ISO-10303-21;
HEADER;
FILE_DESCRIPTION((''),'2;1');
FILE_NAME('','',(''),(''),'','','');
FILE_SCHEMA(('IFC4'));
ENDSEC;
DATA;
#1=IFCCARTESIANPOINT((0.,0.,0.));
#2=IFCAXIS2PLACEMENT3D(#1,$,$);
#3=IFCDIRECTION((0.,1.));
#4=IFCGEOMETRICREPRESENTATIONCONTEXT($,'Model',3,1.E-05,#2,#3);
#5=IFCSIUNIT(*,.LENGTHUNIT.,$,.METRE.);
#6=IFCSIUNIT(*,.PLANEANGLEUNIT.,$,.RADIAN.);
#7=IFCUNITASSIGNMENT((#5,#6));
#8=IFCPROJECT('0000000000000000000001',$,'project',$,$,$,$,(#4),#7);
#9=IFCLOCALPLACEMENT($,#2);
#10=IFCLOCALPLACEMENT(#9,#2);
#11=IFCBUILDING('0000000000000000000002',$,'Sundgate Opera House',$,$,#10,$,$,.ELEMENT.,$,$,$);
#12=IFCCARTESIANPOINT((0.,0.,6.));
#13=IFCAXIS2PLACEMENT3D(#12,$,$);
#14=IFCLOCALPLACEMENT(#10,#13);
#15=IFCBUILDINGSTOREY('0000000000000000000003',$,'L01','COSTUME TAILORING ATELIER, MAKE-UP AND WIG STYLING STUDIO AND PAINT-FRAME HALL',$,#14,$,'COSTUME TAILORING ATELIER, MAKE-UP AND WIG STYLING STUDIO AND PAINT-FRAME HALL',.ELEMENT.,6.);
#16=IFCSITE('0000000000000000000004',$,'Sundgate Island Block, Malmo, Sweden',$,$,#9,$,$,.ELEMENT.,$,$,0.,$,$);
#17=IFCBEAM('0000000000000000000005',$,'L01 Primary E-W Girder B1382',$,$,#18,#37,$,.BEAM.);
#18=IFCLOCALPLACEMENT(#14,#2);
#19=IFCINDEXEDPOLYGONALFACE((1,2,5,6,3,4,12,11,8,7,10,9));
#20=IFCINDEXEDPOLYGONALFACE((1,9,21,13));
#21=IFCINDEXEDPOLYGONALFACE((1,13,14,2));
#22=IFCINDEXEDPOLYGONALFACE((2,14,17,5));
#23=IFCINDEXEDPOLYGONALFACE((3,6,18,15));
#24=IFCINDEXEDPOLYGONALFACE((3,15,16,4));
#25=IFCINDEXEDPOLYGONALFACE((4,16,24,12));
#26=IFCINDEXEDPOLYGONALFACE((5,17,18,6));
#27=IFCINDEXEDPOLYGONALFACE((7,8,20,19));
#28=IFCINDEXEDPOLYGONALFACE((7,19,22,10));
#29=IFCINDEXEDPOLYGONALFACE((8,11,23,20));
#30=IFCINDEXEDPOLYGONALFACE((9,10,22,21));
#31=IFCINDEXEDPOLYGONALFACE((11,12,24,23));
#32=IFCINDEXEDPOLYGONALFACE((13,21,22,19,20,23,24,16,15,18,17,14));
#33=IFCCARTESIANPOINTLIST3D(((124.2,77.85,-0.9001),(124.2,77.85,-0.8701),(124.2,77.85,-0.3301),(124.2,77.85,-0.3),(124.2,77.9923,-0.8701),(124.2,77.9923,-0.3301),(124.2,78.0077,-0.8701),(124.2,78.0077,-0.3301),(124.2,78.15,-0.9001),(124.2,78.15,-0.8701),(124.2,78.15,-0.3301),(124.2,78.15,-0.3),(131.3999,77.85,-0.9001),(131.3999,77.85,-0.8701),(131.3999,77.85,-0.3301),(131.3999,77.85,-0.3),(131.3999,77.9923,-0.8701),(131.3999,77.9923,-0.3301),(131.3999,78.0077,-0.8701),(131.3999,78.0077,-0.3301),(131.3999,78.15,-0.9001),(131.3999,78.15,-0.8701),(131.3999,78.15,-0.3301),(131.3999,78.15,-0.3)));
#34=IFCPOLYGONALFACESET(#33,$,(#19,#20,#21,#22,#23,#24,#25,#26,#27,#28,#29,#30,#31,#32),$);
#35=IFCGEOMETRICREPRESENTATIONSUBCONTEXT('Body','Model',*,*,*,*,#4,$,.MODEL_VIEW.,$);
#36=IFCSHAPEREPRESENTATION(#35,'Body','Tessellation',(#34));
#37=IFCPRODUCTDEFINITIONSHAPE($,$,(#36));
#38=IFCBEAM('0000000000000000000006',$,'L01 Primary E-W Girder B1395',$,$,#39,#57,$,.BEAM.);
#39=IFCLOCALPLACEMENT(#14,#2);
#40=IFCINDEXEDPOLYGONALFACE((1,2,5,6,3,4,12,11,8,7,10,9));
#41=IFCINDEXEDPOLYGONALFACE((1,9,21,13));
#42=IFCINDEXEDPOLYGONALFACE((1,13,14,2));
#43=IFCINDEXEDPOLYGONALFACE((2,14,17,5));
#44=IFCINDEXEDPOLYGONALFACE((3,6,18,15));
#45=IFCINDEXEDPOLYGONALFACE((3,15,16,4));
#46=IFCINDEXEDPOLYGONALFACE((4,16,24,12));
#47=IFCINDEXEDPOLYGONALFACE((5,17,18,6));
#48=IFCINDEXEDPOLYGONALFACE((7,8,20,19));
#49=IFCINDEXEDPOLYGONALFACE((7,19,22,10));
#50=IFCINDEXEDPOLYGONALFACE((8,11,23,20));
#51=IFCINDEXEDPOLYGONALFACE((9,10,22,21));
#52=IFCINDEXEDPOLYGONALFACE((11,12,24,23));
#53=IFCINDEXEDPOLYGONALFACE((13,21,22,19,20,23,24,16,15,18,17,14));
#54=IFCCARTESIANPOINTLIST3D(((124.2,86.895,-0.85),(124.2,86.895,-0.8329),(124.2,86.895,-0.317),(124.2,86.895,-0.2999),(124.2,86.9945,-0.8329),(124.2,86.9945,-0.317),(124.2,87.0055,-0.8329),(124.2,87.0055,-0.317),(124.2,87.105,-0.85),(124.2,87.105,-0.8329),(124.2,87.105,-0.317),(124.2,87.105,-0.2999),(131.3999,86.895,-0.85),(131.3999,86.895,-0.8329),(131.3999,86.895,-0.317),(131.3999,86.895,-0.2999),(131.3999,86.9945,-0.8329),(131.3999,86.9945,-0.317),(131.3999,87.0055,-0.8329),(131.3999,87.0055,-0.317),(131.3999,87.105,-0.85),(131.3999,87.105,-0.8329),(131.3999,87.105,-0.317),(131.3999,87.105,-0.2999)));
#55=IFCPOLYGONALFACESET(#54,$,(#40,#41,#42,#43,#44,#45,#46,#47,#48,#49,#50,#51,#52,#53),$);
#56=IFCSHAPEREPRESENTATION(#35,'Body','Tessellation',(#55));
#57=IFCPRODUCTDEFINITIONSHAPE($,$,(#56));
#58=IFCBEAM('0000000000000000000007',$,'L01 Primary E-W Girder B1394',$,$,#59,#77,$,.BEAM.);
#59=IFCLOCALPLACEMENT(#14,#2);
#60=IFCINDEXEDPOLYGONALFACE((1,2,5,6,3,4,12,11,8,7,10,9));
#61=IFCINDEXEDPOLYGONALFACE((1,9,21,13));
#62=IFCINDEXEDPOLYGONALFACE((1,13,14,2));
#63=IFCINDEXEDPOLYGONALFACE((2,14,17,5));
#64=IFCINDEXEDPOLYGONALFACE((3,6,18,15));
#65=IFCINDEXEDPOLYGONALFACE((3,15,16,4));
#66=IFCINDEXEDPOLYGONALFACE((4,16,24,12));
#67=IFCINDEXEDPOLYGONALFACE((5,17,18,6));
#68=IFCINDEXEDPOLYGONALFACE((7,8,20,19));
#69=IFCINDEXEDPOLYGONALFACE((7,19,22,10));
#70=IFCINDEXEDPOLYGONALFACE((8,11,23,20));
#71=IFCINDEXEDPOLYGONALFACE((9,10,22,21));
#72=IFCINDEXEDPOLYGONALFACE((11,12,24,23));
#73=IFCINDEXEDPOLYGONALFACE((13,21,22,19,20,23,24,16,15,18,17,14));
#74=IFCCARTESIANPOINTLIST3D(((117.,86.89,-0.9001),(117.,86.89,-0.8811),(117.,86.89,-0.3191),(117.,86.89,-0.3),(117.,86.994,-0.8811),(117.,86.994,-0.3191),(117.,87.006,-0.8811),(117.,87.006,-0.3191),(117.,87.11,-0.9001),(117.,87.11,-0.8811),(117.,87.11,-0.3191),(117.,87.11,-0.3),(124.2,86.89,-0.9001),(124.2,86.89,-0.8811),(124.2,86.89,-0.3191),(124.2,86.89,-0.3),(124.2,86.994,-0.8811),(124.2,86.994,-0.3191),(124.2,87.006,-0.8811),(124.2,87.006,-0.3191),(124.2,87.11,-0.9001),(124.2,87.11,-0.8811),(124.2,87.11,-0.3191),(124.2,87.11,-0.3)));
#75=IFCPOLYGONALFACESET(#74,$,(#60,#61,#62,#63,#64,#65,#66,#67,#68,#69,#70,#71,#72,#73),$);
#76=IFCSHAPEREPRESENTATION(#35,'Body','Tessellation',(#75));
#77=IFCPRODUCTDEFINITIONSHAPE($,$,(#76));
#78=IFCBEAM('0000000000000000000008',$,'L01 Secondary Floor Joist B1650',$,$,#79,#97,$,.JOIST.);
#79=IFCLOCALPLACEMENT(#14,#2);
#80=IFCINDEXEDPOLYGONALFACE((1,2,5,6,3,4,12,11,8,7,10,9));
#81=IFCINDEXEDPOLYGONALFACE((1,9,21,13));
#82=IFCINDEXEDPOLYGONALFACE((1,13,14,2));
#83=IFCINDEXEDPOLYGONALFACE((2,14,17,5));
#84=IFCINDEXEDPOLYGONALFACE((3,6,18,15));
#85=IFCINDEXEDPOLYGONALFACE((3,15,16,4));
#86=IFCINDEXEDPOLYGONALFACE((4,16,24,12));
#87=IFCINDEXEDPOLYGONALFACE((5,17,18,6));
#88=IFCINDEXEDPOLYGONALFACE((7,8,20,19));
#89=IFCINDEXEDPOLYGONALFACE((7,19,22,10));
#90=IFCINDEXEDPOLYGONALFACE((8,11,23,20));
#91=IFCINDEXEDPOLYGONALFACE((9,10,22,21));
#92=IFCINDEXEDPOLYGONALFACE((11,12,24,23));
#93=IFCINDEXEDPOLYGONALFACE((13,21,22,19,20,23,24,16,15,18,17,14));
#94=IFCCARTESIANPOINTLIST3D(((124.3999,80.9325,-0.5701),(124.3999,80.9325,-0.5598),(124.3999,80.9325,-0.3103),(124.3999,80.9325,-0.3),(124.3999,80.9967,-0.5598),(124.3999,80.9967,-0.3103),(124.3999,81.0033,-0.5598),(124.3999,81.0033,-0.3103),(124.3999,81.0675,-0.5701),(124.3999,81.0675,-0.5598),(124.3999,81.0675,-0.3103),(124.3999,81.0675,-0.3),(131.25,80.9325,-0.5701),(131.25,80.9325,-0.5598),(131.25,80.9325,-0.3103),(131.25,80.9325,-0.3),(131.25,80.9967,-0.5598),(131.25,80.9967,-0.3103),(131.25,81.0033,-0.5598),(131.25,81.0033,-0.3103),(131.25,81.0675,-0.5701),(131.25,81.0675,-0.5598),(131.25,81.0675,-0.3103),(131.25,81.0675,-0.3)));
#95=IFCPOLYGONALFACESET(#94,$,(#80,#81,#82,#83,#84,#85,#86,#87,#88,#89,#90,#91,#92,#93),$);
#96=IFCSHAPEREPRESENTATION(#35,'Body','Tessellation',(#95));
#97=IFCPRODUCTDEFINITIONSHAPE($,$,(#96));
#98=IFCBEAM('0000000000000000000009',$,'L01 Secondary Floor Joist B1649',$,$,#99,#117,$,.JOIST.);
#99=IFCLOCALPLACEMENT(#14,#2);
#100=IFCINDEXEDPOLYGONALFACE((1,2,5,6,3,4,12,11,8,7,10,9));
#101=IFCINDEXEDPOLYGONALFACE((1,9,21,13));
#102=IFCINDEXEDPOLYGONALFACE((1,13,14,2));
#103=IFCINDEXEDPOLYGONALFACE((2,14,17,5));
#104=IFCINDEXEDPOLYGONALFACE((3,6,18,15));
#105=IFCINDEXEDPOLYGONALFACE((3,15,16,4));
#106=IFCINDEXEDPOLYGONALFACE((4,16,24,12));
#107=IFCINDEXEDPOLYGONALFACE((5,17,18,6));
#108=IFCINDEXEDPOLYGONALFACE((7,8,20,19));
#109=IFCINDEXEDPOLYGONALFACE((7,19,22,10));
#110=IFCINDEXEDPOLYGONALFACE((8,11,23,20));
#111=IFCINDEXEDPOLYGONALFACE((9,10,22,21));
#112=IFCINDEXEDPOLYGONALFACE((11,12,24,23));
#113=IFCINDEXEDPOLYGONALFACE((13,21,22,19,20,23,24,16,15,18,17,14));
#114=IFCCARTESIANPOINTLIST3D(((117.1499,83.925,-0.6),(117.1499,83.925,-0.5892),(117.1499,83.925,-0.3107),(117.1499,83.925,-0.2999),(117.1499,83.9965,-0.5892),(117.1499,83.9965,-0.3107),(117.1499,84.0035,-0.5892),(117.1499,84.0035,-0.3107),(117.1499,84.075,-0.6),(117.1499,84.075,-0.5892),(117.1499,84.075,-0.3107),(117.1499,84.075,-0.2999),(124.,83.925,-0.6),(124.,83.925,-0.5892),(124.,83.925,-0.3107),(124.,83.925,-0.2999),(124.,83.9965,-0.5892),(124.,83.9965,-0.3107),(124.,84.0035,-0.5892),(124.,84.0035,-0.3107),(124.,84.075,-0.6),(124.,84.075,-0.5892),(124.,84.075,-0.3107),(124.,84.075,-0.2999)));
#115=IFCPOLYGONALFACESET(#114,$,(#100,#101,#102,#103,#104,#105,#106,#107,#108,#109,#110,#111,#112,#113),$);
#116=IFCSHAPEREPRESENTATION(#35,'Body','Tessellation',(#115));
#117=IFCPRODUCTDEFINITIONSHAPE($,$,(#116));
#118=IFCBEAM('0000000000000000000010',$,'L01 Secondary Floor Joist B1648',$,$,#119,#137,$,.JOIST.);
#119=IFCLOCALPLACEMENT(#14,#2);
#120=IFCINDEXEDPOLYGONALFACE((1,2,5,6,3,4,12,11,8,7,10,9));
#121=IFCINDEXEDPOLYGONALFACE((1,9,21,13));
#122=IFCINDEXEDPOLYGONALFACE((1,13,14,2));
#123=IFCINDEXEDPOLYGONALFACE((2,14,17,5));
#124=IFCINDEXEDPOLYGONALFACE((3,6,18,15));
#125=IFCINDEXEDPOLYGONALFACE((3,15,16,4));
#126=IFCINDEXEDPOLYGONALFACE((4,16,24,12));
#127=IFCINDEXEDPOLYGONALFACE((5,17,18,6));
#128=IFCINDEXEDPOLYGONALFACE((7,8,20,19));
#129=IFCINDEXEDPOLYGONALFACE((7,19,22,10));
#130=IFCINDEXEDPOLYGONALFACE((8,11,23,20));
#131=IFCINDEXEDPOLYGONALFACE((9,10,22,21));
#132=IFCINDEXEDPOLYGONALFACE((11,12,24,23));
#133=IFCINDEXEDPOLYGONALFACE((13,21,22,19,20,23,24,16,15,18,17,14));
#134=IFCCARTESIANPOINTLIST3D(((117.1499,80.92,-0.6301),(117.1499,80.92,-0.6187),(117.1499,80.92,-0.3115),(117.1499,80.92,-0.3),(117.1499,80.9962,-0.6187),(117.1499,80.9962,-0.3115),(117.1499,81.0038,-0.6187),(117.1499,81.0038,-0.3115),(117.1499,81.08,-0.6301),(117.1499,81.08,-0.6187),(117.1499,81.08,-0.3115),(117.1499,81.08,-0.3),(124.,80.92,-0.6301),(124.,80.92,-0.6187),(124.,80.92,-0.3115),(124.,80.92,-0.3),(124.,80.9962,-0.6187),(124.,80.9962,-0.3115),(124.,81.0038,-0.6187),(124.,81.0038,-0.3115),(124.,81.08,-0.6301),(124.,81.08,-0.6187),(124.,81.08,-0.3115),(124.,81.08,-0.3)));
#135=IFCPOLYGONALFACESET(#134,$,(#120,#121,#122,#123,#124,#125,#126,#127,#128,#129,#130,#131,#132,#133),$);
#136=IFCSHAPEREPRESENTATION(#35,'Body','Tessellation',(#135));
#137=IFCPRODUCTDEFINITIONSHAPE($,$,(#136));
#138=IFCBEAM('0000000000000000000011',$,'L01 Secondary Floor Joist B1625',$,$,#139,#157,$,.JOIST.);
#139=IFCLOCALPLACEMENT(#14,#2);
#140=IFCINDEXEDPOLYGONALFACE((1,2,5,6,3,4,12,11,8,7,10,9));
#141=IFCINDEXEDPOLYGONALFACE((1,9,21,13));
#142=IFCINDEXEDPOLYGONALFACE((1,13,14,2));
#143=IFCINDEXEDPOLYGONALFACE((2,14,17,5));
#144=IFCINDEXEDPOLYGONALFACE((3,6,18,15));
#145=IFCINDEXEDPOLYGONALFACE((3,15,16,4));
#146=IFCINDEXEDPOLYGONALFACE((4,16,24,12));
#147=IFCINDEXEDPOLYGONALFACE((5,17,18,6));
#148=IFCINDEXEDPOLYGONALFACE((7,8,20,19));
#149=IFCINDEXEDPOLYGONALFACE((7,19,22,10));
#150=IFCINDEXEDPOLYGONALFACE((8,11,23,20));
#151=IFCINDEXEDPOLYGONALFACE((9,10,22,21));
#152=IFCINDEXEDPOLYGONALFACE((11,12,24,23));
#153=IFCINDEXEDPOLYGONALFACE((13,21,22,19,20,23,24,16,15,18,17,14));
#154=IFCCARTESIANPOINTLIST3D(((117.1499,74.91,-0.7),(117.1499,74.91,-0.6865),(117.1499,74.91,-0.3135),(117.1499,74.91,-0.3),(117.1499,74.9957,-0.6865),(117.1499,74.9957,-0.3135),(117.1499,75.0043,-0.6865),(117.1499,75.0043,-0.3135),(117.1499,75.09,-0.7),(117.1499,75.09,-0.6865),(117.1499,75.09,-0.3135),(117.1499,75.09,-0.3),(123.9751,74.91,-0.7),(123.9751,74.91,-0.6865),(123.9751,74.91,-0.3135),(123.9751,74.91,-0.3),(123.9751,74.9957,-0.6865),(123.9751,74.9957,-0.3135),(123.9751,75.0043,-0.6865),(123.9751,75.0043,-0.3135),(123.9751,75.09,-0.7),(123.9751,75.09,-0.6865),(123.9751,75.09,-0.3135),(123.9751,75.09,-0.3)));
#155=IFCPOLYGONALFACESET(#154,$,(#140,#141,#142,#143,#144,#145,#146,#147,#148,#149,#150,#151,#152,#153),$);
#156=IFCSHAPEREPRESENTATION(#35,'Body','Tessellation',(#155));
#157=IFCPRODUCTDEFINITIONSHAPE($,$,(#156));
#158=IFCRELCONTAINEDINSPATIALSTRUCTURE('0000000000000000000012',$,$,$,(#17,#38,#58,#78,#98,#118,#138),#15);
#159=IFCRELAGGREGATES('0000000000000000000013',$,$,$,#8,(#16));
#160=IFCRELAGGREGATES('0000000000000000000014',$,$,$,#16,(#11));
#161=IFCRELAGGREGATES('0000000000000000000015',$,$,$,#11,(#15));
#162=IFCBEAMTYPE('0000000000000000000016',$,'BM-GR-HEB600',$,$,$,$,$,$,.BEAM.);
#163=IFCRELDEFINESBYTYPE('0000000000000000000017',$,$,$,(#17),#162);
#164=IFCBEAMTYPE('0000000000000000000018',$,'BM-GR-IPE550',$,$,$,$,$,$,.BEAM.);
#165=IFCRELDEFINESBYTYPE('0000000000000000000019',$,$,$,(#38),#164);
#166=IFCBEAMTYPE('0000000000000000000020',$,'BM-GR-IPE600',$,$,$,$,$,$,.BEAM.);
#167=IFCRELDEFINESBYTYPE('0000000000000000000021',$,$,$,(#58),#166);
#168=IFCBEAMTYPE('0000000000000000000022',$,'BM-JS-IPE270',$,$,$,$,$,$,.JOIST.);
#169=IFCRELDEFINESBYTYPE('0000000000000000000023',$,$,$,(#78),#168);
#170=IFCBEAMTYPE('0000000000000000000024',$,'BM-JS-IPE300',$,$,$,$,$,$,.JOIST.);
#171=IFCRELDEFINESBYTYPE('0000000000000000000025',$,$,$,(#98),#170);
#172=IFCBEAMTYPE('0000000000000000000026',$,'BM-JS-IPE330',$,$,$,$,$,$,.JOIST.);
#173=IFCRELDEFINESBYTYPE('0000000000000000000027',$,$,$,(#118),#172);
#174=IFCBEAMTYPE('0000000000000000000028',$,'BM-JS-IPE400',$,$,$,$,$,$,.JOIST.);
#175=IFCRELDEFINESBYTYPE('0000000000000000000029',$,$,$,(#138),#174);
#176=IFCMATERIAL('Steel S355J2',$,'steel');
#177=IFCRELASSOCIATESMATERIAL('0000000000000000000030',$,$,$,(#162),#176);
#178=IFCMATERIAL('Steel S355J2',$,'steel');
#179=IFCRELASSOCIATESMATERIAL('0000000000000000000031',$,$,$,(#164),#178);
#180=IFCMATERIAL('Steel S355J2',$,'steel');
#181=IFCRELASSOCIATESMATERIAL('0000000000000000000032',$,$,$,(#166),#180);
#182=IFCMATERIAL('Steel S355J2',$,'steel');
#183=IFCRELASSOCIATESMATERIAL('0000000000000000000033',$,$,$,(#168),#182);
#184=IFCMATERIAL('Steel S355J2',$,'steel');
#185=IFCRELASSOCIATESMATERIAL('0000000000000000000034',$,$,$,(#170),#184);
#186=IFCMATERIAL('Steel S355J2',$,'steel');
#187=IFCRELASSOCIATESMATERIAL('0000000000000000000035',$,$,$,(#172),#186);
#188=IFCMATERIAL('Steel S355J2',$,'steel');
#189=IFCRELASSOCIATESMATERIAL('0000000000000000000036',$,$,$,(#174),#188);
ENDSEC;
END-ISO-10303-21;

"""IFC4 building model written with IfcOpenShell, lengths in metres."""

from ifc_helpers import new_model, si_unit, direction, frame, origin, origin_2d, place, context, subcontext, project, spatial, i_section, extrude, material, material_profile, profile_set, type_object, element, save


model = new_model("IFC4")

# Units and contexts
model_context = context("Model", 3, precision=1e-05, world=origin(), true_north=direction((0.0, 1.0)))
body_context = subcontext(model_context, "Body", "Model", "MODEL_VIEW")
ifc_project = project(units=[si_unit("LENGTHUNIT", "METRE"), si_unit("PLANEANGLEUNIT", "RADIAN")], contexts=[model_context])

# Site, building, storey
site_placement = place(None, origin())
site = spatial("IfcSite", under=ifc_project, at=site_placement, Name="Sundgate Island Block, Malmo, Sweden", CompositionType="ELEMENT", RefElevation=0.0)
building_placement = place(site_placement, origin())
building = spatial("IfcBuilding", under=site, at=building_placement, Name="Sundgate Opera House", CompositionType="ELEMENT")
storey_placement = place(building_placement, frame((0.0, 0.0, 6.0)))
storey = spatial("IfcBuildingStorey", under=building, at=storey_placement, Name="L01", Description="COSTUME TAILORING ATELIER, MAKE-UP AND WIG STYLING STUDIO AND PAINT-FRAME HALL", LongName="COSTUME TAILORING ATELIER, MAKE-UP AND WIG STYLING STUDIO AND PAINT-FRAME HALL", CompositionType="ELEMENT", Elevation=6.0)

# Beams
ifc_material_1 = material(Name="Steel S355J2", Category="steel")
ifc_material_profile_1 = material_profile(ifc_material_1, i_section(OverallWidth=0.3, OverallDepth=0.6001, WebThickness=0.0154, FlangeThickness=0.03, at=origin_2d()), Name="HEB 600")
ifc_profile_set_1 = profile_set([ifc_material_profile_1], Name="Steel S355J2")
beam_type_1 = type_object("IfcBeamType", Name="BM-GR-HEB600", PredefinedType="BEAM", material=ifc_profile_set_1)
beam_1_placement = place(storey_placement, frame((124.2, 78.0, -0.6001), z_axis=(1.0, 0.0, 0.0), x_axis=(0.0, 1.0, 0.0)))
element("IfcBeam", 1, at=beam_1_placement, inside=storey, type_object=beam_type_1, Name="L01 Primary E-W Girder B1382", PredefinedType="BEAM", context=body_context, shape_type="SweptSolid", body=[
    extrude(i_section(OverallWidth=0.3, OverallDepth=0.6001, WebThickness=0.0154, FlangeThickness=0.03, at=origin_2d()), origin(), (0.0, 0.0, 1.0), 7.2),
])
ifc_material_2 = material(Name="Steel S355J2", Category="steel")
ifc_material_profile_2 = material_profile(ifc_material_2, i_section(OverallWidth=0.21, OverallDepth=0.55, WebThickness=0.011, FlangeThickness=0.0171, at=origin_2d()), Name="IPE 550")
ifc_profile_set_2 = profile_set([ifc_material_profile_2], Name="Steel S355J2")
beam_type_2 = type_object("IfcBeamType", Name="BM-GR-IPE550", PredefinedType="BEAM", material=ifc_profile_set_2)
beam_2_placement = place(storey_placement, frame((124.2, 87.0, -0.575), z_axis=(1.0, 0.0, 0.0), x_axis=(0.0, 1.0, 0.0)))
element("IfcBeam", 2, at=beam_2_placement, inside=storey, type_object=beam_type_2, Name="L01 Primary E-W Girder B1395", PredefinedType="BEAM", context=body_context, shape_type="SweptSolid", body=[
    extrude(i_section(OverallWidth=0.21, OverallDepth=0.55, WebThickness=0.011, FlangeThickness=0.0171, at=origin_2d()), origin(), (0.0, 0.0, 1.0), 7.2),
])
ifc_material_3 = material(Name="Steel S355J2", Category="steel")
ifc_material_profile_3 = material_profile(ifc_material_3, i_section(OverallWidth=0.22, OverallDepth=0.6001, WebThickness=0.012, FlangeThickness=0.019, at=origin_2d()), Name="IPE 600")
ifc_profile_set_3 = profile_set([ifc_material_profile_3], Name="Steel S355J2")
beam_type_3 = type_object("IfcBeamType", Name="BM-GR-IPE600", PredefinedType="BEAM", material=ifc_profile_set_3)
beam_3_placement = place(storey_placement, frame((117.0, 87.0, -0.6001), z_axis=(1.0, 0.0, 0.0), x_axis=(0.0, 1.0, 0.0)))
element("IfcBeam", 3, at=beam_3_placement, inside=storey, type_object=beam_type_3, Name="L01 Primary E-W Girder B1394", PredefinedType="BEAM", context=body_context, shape_type="SweptSolid", body=[
    extrude(i_section(OverallWidth=0.22, OverallDepth=0.6001, WebThickness=0.012, FlangeThickness=0.019, at=origin_2d()), origin(), (0.0, 0.0, 1.0), 7.2),
])
ifc_material_4 = material(Name="Steel S355J2", Category="steel")
ifc_material_profile_4 = material_profile(ifc_material_4, i_section(OverallWidth=0.135, OverallDepth=0.27, WebThickness=0.0066, FlangeThickness=0.0103, at=origin_2d()), Name="IPE 270")
ifc_profile_set_4 = profile_set([ifc_material_profile_4], Name="Steel S355J2")
beam_type_4 = type_object("IfcBeamType", Name="BM-JS-IPE270", PredefinedType="JOIST", material=ifc_profile_set_4)
beam_4_placement = place(storey_placement, frame((124.3999, 81.0, -0.4351), z_axis=(1.0, 0.0, 0.0), x_axis=(0.0, 1.0, 0.0)))
element("IfcBeam", 4, at=beam_4_placement, inside=storey, type_object=beam_type_4, Name="L01 Secondary Floor Joist B1650", PredefinedType="JOIST", context=body_context, shape_type="SweptSolid", body=[
    extrude(i_section(OverallWidth=0.135, OverallDepth=0.27, WebThickness=0.0066, FlangeThickness=0.0103, at=origin_2d()), origin(), (0.0, 0.0, 1.0), 6.8501),
])
ifc_material_5 = material(Name="Steel S355J2", Category="steel")
ifc_material_profile_5 = material_profile(ifc_material_5, i_section(OverallWidth=0.1499, OverallDepth=0.3, WebThickness=0.0071, FlangeThickness=0.0107, at=origin_2d()), Name="IPE 300")
ifc_profile_set_5 = profile_set([ifc_material_profile_5], Name="Steel S355J2")
beam_type_5 = type_object("IfcBeamType", Name="BM-JS-IPE300", PredefinedType="JOIST", material=ifc_profile_set_5)
beam_5_placement = place(storey_placement, frame((117.1499, 84.0, -0.45), z_axis=(1.0, 0.0, 0.0), x_axis=(0.0, 1.0, 0.0)))
element("IfcBeam", 5, at=beam_5_placement, inside=storey, type_object=beam_type_5, Name="L01 Secondary Floor Joist B1649", PredefinedType="JOIST", context=body_context, shape_type="SweptSolid", body=[
    extrude(i_section(OverallWidth=0.1499, OverallDepth=0.3, WebThickness=0.0071, FlangeThickness=0.0107, at=origin_2d()), origin(), (0.0, 0.0, 1.0), 6.8501),
])
ifc_material_6 = material(Name="Steel S355J2", Category="steel")
ifc_material_profile_6 = material_profile(ifc_material_6, i_section(OverallWidth=0.1599, OverallDepth=0.3301, WebThickness=0.0076, FlangeThickness=0.0115, at=origin_2d()), Name="IPE 330")
ifc_profile_set_6 = profile_set([ifc_material_profile_6], Name="Steel S355J2")
beam_type_6 = type_object("IfcBeamType", Name="BM-JS-IPE330", PredefinedType="JOIST", material=ifc_profile_set_6)
beam_6_placement = place(storey_placement, frame((117.1499, 81.0, -0.4651), z_axis=(1.0, 0.0, 0.0), x_axis=(0.0, 1.0, 0.0)))
element("IfcBeam", 6, at=beam_6_placement, inside=storey, type_object=beam_type_6, Name="L01 Secondary Floor Joist B1648", PredefinedType="JOIST", context=body_context, shape_type="SweptSolid", body=[
    extrude(i_section(OverallWidth=0.1599, OverallDepth=0.3301, WebThickness=0.0076, FlangeThickness=0.0115, at=origin_2d()), origin(), (0.0, 0.0, 1.0), 6.8501),
])
ifc_material_7 = material(Name="Steel S355J2", Category="steel")
ifc_material_profile_7 = material_profile(ifc_material_7, i_section(OverallWidth=0.1799, OverallDepth=0.3999, WebThickness=0.0085, FlangeThickness=0.0134, at=origin_2d()), Name="IPE 400")
ifc_profile_set_7 = profile_set([ifc_material_profile_7], Name="Steel S355J2")
beam_type_7 = type_object("IfcBeamType", Name="BM-JS-IPE400", PredefinedType="JOIST", material=ifc_profile_set_7)
beam_7_placement = place(storey_placement, frame((117.1499, 75.0, -0.5), z_axis=(1.0, 0.0, 0.0), x_axis=(0.0, 1.0, 0.0)))
element("IfcBeam", 7, at=beam_7_placement, inside=storey, type_object=beam_type_7, Name="L01 Secondary Floor Joist B1625", PredefinedType="JOIST", context=body_context, shape_type="SweptSolid", body=[
    extrude(i_section(OverallWidth=0.1799, OverallDepth=0.3999, WebThickness=0.0085, FlangeThickness=0.0134, at=origin_2d()), origin(), (0.0, 0.0, 1.0), 6.8252),
])

save(model, "model.ifc")
